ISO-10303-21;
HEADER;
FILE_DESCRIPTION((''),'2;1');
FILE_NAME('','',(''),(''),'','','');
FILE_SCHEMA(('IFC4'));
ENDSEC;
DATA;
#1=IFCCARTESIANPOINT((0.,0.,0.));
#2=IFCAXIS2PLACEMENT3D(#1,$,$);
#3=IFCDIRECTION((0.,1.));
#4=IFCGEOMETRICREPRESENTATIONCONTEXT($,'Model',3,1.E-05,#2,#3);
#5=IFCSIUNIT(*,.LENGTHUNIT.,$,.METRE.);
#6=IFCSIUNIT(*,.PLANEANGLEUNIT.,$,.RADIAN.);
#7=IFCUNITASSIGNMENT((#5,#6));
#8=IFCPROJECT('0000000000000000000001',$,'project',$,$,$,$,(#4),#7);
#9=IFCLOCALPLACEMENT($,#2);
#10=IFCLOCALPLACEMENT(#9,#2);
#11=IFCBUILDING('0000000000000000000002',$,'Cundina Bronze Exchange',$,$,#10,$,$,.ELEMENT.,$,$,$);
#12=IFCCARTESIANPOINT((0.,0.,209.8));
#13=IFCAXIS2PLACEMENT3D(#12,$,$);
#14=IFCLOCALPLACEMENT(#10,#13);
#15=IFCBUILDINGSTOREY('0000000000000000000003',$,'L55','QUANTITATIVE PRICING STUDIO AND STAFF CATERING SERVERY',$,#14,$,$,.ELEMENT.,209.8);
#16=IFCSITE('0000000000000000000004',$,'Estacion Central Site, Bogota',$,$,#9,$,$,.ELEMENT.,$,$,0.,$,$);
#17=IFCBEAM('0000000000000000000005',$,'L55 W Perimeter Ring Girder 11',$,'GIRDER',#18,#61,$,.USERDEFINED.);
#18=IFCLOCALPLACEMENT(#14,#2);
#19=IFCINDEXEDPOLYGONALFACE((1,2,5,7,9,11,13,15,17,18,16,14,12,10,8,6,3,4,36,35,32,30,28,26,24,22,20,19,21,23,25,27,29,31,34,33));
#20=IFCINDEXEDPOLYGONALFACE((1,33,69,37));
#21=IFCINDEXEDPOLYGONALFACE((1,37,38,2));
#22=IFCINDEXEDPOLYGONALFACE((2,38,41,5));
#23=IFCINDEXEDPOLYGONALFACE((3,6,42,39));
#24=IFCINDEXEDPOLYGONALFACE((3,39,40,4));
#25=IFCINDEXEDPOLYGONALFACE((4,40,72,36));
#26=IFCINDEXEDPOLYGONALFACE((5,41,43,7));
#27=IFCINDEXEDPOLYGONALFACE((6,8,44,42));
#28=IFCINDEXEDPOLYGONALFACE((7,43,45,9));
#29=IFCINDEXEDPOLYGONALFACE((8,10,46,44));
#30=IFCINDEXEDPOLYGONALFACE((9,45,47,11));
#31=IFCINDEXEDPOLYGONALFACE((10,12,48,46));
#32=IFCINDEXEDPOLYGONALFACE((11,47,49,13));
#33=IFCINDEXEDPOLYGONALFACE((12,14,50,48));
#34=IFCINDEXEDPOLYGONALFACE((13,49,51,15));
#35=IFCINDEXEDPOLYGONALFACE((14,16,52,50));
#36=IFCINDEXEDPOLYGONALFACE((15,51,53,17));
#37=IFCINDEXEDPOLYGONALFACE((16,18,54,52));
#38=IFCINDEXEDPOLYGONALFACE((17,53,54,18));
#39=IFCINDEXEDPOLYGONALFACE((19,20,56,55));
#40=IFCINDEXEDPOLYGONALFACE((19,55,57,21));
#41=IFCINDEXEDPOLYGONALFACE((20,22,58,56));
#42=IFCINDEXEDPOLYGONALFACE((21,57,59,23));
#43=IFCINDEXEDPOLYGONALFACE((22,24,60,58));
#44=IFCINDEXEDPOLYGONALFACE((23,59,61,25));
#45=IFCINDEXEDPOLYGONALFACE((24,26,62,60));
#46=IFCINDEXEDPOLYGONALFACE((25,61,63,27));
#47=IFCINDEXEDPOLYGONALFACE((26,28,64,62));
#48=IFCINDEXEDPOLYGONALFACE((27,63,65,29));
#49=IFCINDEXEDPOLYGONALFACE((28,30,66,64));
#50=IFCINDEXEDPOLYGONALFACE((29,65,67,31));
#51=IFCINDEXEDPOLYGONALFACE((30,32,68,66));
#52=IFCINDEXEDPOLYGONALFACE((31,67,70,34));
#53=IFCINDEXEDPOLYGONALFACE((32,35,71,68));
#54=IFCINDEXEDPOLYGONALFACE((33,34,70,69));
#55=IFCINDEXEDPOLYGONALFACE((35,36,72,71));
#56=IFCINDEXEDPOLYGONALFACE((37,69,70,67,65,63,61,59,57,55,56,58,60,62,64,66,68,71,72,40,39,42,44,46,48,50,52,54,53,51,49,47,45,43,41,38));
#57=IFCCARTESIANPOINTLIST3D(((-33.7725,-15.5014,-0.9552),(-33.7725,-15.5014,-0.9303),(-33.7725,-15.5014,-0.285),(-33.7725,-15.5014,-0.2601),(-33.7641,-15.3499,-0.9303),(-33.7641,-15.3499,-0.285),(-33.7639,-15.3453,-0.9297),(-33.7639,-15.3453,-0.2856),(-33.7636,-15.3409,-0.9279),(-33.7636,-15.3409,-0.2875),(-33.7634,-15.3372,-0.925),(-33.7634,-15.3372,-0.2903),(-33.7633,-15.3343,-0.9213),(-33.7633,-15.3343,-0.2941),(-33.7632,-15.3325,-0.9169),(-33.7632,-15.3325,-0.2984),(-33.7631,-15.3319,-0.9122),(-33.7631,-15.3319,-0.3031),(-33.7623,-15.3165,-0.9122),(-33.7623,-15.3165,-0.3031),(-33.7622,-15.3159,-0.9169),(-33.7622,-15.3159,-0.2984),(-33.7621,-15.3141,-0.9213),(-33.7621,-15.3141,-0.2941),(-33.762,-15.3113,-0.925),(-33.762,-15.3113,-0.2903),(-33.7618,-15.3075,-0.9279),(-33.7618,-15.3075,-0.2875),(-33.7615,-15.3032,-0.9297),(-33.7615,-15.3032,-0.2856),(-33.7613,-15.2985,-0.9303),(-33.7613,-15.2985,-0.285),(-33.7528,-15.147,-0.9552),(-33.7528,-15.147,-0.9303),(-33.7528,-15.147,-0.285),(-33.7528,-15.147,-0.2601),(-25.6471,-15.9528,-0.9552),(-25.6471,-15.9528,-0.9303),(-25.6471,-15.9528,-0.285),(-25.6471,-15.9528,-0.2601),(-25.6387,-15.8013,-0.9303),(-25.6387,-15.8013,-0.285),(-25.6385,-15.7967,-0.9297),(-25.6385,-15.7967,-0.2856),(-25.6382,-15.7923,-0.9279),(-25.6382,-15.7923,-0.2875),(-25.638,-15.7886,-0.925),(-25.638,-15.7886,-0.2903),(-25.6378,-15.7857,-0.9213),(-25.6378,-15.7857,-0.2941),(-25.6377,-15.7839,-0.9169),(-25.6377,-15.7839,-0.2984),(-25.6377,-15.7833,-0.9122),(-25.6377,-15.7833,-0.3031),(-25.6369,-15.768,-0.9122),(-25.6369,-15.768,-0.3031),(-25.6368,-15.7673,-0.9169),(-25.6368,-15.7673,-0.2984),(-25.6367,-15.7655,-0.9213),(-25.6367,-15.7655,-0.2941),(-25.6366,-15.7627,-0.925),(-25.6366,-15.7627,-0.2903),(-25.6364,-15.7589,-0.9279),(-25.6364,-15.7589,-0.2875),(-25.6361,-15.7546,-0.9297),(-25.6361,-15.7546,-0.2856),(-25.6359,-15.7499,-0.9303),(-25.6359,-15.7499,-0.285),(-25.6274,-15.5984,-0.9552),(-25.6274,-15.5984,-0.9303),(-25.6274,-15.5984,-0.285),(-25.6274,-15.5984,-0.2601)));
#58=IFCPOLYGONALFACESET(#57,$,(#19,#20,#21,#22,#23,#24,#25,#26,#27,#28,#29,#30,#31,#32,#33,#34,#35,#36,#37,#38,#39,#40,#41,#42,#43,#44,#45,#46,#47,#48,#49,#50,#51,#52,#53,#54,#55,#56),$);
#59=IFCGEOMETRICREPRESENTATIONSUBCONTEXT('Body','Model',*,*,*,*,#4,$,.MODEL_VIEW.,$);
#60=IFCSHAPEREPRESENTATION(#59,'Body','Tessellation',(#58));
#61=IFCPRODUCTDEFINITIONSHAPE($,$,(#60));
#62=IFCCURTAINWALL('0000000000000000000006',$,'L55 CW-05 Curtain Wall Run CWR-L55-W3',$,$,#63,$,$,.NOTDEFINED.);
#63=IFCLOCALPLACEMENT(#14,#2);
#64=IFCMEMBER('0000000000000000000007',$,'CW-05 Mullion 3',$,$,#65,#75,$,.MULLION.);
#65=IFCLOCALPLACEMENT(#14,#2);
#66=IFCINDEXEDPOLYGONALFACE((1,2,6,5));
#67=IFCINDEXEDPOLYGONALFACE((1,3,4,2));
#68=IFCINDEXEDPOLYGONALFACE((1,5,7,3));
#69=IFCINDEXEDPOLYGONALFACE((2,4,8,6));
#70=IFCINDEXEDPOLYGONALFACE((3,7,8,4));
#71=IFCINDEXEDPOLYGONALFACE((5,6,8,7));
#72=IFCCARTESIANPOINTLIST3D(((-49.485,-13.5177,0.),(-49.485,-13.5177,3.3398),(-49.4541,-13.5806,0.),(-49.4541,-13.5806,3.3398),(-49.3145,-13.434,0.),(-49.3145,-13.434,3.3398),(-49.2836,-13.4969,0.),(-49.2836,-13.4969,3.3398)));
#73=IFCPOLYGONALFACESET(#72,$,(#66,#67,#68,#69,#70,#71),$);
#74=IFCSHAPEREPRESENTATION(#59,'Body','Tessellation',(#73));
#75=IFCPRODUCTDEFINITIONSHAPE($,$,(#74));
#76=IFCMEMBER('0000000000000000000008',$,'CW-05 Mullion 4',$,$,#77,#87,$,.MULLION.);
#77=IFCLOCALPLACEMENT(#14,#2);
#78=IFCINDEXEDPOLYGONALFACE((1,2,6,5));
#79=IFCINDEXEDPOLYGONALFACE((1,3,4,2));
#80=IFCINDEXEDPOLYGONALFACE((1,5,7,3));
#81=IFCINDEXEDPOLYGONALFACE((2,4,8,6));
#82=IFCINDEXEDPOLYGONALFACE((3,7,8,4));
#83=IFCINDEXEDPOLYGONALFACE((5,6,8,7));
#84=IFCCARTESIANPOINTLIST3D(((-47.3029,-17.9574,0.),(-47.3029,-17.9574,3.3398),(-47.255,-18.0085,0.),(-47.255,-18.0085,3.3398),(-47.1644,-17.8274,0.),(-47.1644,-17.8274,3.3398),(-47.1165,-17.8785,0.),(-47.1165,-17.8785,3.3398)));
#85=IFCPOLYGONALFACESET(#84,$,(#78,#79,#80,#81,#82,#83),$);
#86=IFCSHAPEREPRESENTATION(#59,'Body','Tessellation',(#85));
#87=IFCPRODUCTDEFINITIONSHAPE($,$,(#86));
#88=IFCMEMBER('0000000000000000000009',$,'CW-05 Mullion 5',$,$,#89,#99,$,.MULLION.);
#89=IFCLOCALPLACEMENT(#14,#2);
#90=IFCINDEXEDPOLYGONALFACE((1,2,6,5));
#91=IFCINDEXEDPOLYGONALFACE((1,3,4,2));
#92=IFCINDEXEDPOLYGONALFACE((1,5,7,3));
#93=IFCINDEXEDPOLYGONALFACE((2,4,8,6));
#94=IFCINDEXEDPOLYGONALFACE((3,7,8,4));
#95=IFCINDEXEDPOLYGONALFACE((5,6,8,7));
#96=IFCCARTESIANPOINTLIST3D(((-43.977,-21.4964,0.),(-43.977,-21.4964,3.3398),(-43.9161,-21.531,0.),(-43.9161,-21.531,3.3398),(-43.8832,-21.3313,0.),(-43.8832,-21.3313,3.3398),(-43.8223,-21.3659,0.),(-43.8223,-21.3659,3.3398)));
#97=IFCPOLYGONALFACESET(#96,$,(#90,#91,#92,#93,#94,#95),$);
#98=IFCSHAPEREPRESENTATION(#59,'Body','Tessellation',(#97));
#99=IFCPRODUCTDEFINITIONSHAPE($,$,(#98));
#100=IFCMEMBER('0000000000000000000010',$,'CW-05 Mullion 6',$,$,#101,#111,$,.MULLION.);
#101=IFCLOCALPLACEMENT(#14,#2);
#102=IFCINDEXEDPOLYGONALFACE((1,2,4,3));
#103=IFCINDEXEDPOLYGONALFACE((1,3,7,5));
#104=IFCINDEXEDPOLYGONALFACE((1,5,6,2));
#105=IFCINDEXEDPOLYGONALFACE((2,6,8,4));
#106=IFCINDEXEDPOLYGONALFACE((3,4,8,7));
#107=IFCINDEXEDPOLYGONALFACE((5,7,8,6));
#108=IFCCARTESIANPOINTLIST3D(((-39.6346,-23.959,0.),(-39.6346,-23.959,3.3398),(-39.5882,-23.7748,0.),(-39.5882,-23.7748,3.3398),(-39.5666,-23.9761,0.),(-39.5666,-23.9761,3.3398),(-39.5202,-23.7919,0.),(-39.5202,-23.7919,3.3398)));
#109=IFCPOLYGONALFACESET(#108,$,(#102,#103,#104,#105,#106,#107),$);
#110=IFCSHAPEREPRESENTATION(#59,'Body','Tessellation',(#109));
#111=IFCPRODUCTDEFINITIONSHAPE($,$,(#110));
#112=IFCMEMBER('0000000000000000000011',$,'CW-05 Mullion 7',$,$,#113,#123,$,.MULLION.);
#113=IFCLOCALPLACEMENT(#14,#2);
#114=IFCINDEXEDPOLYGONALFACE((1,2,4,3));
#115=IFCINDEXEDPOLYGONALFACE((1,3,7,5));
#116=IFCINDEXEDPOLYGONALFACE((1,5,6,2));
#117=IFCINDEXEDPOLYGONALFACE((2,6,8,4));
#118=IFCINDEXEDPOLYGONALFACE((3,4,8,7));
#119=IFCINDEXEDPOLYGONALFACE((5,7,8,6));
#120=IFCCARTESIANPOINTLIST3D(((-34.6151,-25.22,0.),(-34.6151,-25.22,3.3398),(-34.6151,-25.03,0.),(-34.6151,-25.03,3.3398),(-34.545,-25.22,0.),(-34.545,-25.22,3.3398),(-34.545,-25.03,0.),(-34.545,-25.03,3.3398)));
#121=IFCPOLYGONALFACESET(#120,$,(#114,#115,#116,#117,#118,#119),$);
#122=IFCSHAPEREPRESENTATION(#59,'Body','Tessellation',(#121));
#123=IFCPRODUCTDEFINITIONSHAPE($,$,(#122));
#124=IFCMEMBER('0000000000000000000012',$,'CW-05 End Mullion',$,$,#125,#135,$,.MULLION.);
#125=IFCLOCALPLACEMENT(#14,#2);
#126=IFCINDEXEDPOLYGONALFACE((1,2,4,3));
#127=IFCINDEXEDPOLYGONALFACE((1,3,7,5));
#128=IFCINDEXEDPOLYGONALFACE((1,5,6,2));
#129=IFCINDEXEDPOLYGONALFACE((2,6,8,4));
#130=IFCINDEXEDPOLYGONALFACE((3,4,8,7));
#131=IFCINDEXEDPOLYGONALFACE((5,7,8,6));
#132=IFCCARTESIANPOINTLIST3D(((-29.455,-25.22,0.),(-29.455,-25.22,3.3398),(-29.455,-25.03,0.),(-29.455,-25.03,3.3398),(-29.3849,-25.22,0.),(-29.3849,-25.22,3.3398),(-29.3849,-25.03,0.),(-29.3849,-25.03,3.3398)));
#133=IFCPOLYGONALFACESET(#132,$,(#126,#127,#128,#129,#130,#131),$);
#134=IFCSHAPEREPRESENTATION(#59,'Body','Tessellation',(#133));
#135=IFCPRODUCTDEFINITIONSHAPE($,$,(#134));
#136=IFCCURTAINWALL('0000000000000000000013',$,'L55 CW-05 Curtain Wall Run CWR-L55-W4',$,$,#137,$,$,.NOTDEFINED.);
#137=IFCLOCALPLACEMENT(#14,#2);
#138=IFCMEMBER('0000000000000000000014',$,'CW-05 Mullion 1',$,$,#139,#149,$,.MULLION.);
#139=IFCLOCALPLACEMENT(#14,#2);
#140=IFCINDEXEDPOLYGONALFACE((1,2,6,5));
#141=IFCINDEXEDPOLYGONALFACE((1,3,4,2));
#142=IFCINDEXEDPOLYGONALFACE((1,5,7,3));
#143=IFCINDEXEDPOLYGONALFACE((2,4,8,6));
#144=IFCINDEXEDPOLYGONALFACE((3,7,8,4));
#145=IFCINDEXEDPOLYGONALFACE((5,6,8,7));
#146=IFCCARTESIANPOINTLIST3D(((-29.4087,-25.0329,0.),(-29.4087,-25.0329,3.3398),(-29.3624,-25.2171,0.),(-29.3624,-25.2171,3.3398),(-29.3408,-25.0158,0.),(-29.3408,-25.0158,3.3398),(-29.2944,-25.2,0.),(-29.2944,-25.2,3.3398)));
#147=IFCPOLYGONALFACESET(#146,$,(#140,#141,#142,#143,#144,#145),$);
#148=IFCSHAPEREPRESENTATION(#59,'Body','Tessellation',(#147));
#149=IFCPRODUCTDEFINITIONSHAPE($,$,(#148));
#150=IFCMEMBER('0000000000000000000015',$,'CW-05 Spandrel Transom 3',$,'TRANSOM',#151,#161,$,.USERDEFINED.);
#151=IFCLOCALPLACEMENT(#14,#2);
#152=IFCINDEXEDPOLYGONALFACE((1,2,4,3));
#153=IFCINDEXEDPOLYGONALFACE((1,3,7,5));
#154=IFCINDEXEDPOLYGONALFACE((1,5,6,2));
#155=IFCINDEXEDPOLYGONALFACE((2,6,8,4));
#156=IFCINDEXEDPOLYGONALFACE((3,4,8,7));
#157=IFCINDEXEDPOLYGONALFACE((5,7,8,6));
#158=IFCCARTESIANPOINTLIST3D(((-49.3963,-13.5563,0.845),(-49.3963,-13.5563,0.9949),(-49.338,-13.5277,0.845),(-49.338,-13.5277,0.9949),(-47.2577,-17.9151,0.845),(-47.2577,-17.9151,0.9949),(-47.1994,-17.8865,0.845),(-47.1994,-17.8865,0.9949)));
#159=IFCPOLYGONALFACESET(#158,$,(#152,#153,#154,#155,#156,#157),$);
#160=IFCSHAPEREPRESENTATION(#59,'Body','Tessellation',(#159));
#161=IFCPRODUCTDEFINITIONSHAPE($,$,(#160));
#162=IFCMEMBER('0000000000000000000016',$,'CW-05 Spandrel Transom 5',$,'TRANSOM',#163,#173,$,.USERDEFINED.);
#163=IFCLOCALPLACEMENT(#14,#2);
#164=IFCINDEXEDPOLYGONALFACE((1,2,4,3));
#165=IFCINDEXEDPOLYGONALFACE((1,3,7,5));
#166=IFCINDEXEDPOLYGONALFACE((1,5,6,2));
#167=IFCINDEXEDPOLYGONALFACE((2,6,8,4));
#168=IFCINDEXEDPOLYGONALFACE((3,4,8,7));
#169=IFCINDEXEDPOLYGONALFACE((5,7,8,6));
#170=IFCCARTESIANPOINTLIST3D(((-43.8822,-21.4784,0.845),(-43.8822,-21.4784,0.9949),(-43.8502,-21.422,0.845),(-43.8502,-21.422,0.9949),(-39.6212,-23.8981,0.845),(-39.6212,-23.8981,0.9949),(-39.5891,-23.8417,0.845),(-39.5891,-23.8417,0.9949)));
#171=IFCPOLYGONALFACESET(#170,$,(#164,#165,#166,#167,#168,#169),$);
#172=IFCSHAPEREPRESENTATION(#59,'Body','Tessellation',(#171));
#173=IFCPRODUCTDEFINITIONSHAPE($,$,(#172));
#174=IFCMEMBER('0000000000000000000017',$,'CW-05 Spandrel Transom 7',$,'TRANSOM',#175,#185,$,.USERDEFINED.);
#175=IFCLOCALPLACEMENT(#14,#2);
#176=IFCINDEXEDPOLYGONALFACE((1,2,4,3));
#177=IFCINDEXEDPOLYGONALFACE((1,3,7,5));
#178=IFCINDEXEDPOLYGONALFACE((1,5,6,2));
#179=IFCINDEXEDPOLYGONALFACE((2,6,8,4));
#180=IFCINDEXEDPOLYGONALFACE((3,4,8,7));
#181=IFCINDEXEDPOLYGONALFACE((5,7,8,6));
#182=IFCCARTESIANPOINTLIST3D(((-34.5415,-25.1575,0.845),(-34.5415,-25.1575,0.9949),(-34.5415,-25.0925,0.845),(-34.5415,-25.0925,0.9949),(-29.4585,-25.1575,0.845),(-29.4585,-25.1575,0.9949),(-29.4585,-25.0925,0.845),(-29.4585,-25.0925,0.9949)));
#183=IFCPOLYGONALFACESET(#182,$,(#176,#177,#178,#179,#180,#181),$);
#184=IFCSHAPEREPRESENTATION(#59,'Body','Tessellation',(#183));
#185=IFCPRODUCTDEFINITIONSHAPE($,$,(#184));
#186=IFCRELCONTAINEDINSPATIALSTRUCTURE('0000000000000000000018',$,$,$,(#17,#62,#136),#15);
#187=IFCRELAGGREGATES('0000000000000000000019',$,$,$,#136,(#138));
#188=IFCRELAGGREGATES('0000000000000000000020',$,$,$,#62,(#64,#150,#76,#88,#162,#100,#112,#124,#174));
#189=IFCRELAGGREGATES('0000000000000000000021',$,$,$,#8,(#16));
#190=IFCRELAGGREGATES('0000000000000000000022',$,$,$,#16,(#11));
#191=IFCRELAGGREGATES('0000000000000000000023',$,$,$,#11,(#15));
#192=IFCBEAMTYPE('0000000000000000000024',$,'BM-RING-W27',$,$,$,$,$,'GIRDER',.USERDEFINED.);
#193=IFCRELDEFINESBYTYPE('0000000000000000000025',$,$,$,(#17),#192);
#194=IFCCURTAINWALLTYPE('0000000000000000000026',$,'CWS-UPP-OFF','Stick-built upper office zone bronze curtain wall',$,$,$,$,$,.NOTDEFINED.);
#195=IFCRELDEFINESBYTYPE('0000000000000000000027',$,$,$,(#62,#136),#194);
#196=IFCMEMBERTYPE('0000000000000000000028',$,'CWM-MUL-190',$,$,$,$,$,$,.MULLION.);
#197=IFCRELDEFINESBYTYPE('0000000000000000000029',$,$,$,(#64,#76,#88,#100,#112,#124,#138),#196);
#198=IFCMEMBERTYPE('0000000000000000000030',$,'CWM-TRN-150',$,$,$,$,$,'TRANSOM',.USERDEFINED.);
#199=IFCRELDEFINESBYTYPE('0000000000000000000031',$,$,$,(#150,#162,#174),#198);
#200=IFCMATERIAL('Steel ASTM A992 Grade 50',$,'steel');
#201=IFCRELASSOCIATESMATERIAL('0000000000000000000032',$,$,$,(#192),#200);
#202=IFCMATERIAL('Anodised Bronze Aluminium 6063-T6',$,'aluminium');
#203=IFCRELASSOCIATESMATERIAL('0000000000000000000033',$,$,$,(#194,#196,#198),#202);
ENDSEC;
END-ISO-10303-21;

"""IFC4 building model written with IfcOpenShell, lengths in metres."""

from ifc_helpers import new_model, si_unit, direction, frame, origin, origin_2d, place, context, subcontext, project, spatial, rectangle, i_section, extrude, material, material_profile, profile_set, type_object, element, aggregate, save


model = new_model("IFC4")

# Units and contexts
model_context = context("Model", 3, precision=1e-05, world=origin(), true_north=direction((0.0, 1.0)))
body_context = subcontext(model_context, "Body", "Model", "MODEL_VIEW")
ifc_project = project(units=[si_unit("LENGTHUNIT", "METRE"), si_unit("PLANEANGLEUNIT", "RADIAN")], contexts=[model_context])

# Site, building, storey
site_placement = place(None, origin())
site = spatial("IfcSite", under=ifc_project, at=site_placement, Name="Estacion Central Site, Bogota", CompositionType="ELEMENT", RefElevation=0.0)
building_placement = place(site_placement, origin())
building = spatial("IfcBuilding", under=site, at=building_placement, Name="Cundina Bronze Exchange", CompositionType="ELEMENT")
storey_placement = place(building_placement, frame((0.0, 0.0, 209.8)))
storey = spatial("IfcBuildingStorey", under=building, at=storey_placement, Name="L55", Description="QUANTITATIVE PRICING STUDIO AND STAFF CATERING SERVERY", CompositionType="ELEMENT", Elevation=209.8)

# Beam
ifc_material_1 = material(Name="Steel ASTM A992 Grade 50", Category="steel")
ifc_material_profile_1 = material_profile(ifc_material_1, i_section(OverallWidth=0.355, OverallDepth=0.6951, WebThickness=0.0154, FlangeThickness=0.0249, FilletRadius=0.0181, at=origin_2d()), Name="W27X146", Category="steel")
ifc_profile_set_1 = profile_set([ifc_material_profile_1], Name="Steel ASTM A992 Grade 50")
beam_type_1 = type_object("IfcBeamType", Name="BM-RING-W27", ElementType="GIRDER", PredefinedType="USERDEFINED", material=ifc_profile_set_1)
for number, where, z_axis, x_axis, name in (
    (1, (-33.7627, -15.3242, -0.6077), (0.99846, -0.05547, 0.0), (0.05547, 0.99846, 0.0), "L55 W Perimeter Ring Girder 11"),
):
    element("IfcBeam", number, at=place(storey_placement, frame(where, z_axis=z_axis, x_axis=x_axis)), inside=storey, type_object=beam_type_1, Name=name, ObjectType="GIRDER", PredefinedType="USERDEFINED", context=body_context, shape_type="SweptSolid", body=[
        extrude(i_section(OverallWidth=0.355, OverallDepth=0.6951, WebThickness=0.0154, FlangeThickness=0.0249, FilletRadius=0.0181, at=origin_2d()), origin(), (0.0, 0.0, 1.0), 8.1379),
    ])

# Curtain wall, members
ifc_material_2 = material(Name="Anodised Bronze Aluminium 6063-T6", Category="aluminium")
curtain_wall_type = type_object("IfcCurtainWallType", Name="CWS-UPP-OFF", Description="Stick-built upper office zone bronze curtain wall", PredefinedType="NOTDEFINED", material=ifc_material_2)
curtain_wall_1_placement = place(storey_placement, origin())
curtain_wall_1 = element("IfcCurtainWall", 2, at=curtain_wall_1_placement, inside=storey, type_object=curtain_wall_type, Name="L55 CW-05 Curtain Wall Run CWR-L55-W3", PredefinedType="NOTDEFINED")
ifc_material_profile_2 = material_profile(ifc_material_2, rectangle(XDim=0.0701, YDim=0.1899, at=origin_2d()), Name="AL70X190", Category="aluminium")
ifc_profile_set_2 = profile_set([ifc_material_profile_2], Name="Anodised Bronze Aluminium 6063-T6")
member_type_1 = type_object("IfcMemberType", Name="CWM-MUL-190", PredefinedType="MULLION", material=ifc_profile_set_2)
member_1_placement = place(storey_placement, frame((-49.3843, -13.5073, 0.0), z_axis=(0.0, 0.0, 1.0), x_axis=(0.440566, -0.89772, 0.0)))
member_1 = element("IfcMember", 3, at=member_1_placement, type_object=member_type_1, Name="CW-05 Mullion 3", PredefinedType="MULLION", context=body_context, shape_type="SweptSolid", body=[
    extrude(rectangle(XDim=0.0701, YDim=0.1899, at=origin_2d()), origin(), (0.0, 0.0, 1.0), 3.3398),
])
member_2_placement = place(storey_placement, frame((-47.2097, -17.918, 0.0), z_axis=(0.0, 0.0, 1.0), x_axis=(0.684293, -0.729208, 0.0)))
member_2 = element("IfcMember", 4, at=member_2_placement, type_object=member_type_1, Name="CW-05 Mullion 4", PredefinedType="MULLION", context=body_context, shape_type="SweptSolid", body=[
    extrude(rectangle(XDim=0.0701, YDim=0.1899, at=origin_2d()), origin(), (0.0, 0.0, 1.0), 3.3398),
])
member_3_placement = place(storey_placement, frame((-43.8997, -21.4312, 0.0), z_axis=(0.0, 0.0, 1.0), x_axis=(0.869581, -0.49379, 0.0)))
member_3 = element("IfcMember", 5, at=member_3_placement, type_object=member_type_1, Name="CW-05 Mullion 5", PredefinedType="MULLION", context=body_context, shape_type="SweptSolid", body=[
    extrude(rectangle(XDim=0.0701, YDim=0.1899, at=origin_2d()), origin(), (0.0, 0.0, 1.0), 3.3398),
])
member_4_placement = place(storey_placement, frame((-39.5774, -23.8755, 0.0), z_axis=(0.0, 0.0, 1.0), x_axis=(0.969744, -0.244123, 0.0)))
member_4 = element("IfcMember", 6, at=member_4_placement, type_object=member_type_1, Name="CW-05 Mullion 6", PredefinedType="MULLION", context=body_context, shape_type="SweptSolid", body=[
    extrude(rectangle(XDim=0.0701, YDim=0.1899, at=origin_2d()), origin(), (0.0, 0.0, 1.0), 3.3398),
])
member_5_placement = place(storey_placement, frame((-34.5801, -25.125, 0.0), z_axis=(0.0, 0.0, 1.0), x_axis=(1.0, 0.0, 0.0)))
member_5 = element("IfcMember", 7, at=member_5_placement, type_object=member_type_1, Name="CW-05 Mullion 7", PredefinedType="MULLION", context=body_context, shape_type="SweptSolid", body=[
    extrude(rectangle(XDim=0.0701, YDim=0.1899, at=origin_2d()), origin(), (0.0, 0.0, 1.0), 3.3398),
])
member_6_placement = place(storey_placement, frame((-29.4199, -25.125, 0.0), z_axis=(0.0, 0.0, 1.0), x_axis=(1.0, 0.0, 0.0)))
member_6 = element("IfcMember", 8, at=member_6_placement, type_object=member_type_1, Name="CW-05 End Mullion", PredefinedType="MULLION", context=body_context, shape_type="SweptSolid", body=[
    extrude(rectangle(XDim=0.0701, YDim=0.1899, at=origin_2d()), origin(), (0.0, 0.0, 1.0), 3.3398),
])

# Curtain wall, member
curtain_wall_2_placement = place(storey_placement, origin())
curtain_wall_2 = element("IfcCurtainWall", 9, at=curtain_wall_2_placement, inside=storey, type_object=curtain_wall_type, Name="L55 CW-05 Curtain Wall Run CWR-L55-W4", PredefinedType="NOTDEFINED")
member_7_placement = place(storey_placement, frame((-29.3516, -25.1165, 0.0), z_axis=(0.0, 0.0, 1.0), x_axis=(0.969744, 0.244123, 0.0)))
member_7 = element("IfcMember", 10, at=member_7_placement, type_object=member_type_1, Name="CW-05 Mullion 1", PredefinedType="MULLION", context=body_context, shape_type="SweptSolid", body=[
    extrude(rectangle(XDim=0.0701, YDim=0.1899, at=origin_2d()), origin(), (0.0, 0.0, 1.0), 3.3398),
])
aggregate(curtain_wall_2, [member_7])

# Members
ifc_material_profile_3 = material_profile(ifc_material_2, rectangle(XDim=0.0649, YDim=0.1499, at=origin_2d()), Name="AL65X150", Category="aluminium")
ifc_profile_set_3 = profile_set([ifc_material_profile_3], Name="Anodised Bronze Aluminium 6063-T6")
member_type_2 = type_object("IfcMemberType", Name="CWM-TRN-150", ElementType="TRANSOM", PredefinedType="USERDEFINED", material=ifc_profile_set_3)
member_8_placement = place(storey_placement, frame((-49.3672, -13.542, 0.9199), z_axis=(0.440483, -0.897761, 0.0), x_axis=(0.897761, 0.440483, 0.0)))
member_8 = element("IfcMember", 11, at=member_8_placement, type_object=member_type_2, Name="CW-05 Spandrel Transom 3", ObjectType="TRANSOM", PredefinedType="USERDEFINED", context=body_context, shape_type="SweptSolid", body=[
    extrude(rectangle(XDim=0.0649, YDim=0.1499, at=origin_2d()), origin(), (0.0, 0.0, 1.0), 4.8552),
])
member_9_placement = place(storey_placement, frame((-43.8662, -21.4502, 0.9199), z_axis=(0.869574, -0.493803, 0.0), x_axis=(0.493803, 0.869574, 0.0)))
member_9 = element("IfcMember", 12, at=member_9_placement, type_object=member_type_2, Name="CW-05 Spandrel Transom 5", ObjectType="TRANSOM", PredefinedType="USERDEFINED", context=body_context, shape_type="SweptSolid", body=[
    extrude(rectangle(XDim=0.0649, YDim=0.1499, at=origin_2d()), origin(), (0.0, 0.0, 1.0), 4.9001),
])
member_10_placement = place(storey_placement, frame((-34.5415, -25.125, 0.9199), z_axis=(1.0, 0.0, 0.0), x_axis=(0.0, 1.0, 0.0)))
member_10 = element("IfcMember", 13, at=member_10_placement, type_object=member_type_2, Name="CW-05 Spandrel Transom 7", ObjectType="TRANSOM", PredefinedType="USERDEFINED", context=body_context, shape_type="SweptSolid", body=[
    extrude(rectangle(XDim=0.0649, YDim=0.1499, at=origin_2d()), origin(), (0.0, 0.0, 1.0), 5.083),
])

aggregate(curtain_wall_1, [member_1, member_8, member_2, member_3, member_9, member_4, member_5, member_6, member_10])

save(model, "model.ifc")
